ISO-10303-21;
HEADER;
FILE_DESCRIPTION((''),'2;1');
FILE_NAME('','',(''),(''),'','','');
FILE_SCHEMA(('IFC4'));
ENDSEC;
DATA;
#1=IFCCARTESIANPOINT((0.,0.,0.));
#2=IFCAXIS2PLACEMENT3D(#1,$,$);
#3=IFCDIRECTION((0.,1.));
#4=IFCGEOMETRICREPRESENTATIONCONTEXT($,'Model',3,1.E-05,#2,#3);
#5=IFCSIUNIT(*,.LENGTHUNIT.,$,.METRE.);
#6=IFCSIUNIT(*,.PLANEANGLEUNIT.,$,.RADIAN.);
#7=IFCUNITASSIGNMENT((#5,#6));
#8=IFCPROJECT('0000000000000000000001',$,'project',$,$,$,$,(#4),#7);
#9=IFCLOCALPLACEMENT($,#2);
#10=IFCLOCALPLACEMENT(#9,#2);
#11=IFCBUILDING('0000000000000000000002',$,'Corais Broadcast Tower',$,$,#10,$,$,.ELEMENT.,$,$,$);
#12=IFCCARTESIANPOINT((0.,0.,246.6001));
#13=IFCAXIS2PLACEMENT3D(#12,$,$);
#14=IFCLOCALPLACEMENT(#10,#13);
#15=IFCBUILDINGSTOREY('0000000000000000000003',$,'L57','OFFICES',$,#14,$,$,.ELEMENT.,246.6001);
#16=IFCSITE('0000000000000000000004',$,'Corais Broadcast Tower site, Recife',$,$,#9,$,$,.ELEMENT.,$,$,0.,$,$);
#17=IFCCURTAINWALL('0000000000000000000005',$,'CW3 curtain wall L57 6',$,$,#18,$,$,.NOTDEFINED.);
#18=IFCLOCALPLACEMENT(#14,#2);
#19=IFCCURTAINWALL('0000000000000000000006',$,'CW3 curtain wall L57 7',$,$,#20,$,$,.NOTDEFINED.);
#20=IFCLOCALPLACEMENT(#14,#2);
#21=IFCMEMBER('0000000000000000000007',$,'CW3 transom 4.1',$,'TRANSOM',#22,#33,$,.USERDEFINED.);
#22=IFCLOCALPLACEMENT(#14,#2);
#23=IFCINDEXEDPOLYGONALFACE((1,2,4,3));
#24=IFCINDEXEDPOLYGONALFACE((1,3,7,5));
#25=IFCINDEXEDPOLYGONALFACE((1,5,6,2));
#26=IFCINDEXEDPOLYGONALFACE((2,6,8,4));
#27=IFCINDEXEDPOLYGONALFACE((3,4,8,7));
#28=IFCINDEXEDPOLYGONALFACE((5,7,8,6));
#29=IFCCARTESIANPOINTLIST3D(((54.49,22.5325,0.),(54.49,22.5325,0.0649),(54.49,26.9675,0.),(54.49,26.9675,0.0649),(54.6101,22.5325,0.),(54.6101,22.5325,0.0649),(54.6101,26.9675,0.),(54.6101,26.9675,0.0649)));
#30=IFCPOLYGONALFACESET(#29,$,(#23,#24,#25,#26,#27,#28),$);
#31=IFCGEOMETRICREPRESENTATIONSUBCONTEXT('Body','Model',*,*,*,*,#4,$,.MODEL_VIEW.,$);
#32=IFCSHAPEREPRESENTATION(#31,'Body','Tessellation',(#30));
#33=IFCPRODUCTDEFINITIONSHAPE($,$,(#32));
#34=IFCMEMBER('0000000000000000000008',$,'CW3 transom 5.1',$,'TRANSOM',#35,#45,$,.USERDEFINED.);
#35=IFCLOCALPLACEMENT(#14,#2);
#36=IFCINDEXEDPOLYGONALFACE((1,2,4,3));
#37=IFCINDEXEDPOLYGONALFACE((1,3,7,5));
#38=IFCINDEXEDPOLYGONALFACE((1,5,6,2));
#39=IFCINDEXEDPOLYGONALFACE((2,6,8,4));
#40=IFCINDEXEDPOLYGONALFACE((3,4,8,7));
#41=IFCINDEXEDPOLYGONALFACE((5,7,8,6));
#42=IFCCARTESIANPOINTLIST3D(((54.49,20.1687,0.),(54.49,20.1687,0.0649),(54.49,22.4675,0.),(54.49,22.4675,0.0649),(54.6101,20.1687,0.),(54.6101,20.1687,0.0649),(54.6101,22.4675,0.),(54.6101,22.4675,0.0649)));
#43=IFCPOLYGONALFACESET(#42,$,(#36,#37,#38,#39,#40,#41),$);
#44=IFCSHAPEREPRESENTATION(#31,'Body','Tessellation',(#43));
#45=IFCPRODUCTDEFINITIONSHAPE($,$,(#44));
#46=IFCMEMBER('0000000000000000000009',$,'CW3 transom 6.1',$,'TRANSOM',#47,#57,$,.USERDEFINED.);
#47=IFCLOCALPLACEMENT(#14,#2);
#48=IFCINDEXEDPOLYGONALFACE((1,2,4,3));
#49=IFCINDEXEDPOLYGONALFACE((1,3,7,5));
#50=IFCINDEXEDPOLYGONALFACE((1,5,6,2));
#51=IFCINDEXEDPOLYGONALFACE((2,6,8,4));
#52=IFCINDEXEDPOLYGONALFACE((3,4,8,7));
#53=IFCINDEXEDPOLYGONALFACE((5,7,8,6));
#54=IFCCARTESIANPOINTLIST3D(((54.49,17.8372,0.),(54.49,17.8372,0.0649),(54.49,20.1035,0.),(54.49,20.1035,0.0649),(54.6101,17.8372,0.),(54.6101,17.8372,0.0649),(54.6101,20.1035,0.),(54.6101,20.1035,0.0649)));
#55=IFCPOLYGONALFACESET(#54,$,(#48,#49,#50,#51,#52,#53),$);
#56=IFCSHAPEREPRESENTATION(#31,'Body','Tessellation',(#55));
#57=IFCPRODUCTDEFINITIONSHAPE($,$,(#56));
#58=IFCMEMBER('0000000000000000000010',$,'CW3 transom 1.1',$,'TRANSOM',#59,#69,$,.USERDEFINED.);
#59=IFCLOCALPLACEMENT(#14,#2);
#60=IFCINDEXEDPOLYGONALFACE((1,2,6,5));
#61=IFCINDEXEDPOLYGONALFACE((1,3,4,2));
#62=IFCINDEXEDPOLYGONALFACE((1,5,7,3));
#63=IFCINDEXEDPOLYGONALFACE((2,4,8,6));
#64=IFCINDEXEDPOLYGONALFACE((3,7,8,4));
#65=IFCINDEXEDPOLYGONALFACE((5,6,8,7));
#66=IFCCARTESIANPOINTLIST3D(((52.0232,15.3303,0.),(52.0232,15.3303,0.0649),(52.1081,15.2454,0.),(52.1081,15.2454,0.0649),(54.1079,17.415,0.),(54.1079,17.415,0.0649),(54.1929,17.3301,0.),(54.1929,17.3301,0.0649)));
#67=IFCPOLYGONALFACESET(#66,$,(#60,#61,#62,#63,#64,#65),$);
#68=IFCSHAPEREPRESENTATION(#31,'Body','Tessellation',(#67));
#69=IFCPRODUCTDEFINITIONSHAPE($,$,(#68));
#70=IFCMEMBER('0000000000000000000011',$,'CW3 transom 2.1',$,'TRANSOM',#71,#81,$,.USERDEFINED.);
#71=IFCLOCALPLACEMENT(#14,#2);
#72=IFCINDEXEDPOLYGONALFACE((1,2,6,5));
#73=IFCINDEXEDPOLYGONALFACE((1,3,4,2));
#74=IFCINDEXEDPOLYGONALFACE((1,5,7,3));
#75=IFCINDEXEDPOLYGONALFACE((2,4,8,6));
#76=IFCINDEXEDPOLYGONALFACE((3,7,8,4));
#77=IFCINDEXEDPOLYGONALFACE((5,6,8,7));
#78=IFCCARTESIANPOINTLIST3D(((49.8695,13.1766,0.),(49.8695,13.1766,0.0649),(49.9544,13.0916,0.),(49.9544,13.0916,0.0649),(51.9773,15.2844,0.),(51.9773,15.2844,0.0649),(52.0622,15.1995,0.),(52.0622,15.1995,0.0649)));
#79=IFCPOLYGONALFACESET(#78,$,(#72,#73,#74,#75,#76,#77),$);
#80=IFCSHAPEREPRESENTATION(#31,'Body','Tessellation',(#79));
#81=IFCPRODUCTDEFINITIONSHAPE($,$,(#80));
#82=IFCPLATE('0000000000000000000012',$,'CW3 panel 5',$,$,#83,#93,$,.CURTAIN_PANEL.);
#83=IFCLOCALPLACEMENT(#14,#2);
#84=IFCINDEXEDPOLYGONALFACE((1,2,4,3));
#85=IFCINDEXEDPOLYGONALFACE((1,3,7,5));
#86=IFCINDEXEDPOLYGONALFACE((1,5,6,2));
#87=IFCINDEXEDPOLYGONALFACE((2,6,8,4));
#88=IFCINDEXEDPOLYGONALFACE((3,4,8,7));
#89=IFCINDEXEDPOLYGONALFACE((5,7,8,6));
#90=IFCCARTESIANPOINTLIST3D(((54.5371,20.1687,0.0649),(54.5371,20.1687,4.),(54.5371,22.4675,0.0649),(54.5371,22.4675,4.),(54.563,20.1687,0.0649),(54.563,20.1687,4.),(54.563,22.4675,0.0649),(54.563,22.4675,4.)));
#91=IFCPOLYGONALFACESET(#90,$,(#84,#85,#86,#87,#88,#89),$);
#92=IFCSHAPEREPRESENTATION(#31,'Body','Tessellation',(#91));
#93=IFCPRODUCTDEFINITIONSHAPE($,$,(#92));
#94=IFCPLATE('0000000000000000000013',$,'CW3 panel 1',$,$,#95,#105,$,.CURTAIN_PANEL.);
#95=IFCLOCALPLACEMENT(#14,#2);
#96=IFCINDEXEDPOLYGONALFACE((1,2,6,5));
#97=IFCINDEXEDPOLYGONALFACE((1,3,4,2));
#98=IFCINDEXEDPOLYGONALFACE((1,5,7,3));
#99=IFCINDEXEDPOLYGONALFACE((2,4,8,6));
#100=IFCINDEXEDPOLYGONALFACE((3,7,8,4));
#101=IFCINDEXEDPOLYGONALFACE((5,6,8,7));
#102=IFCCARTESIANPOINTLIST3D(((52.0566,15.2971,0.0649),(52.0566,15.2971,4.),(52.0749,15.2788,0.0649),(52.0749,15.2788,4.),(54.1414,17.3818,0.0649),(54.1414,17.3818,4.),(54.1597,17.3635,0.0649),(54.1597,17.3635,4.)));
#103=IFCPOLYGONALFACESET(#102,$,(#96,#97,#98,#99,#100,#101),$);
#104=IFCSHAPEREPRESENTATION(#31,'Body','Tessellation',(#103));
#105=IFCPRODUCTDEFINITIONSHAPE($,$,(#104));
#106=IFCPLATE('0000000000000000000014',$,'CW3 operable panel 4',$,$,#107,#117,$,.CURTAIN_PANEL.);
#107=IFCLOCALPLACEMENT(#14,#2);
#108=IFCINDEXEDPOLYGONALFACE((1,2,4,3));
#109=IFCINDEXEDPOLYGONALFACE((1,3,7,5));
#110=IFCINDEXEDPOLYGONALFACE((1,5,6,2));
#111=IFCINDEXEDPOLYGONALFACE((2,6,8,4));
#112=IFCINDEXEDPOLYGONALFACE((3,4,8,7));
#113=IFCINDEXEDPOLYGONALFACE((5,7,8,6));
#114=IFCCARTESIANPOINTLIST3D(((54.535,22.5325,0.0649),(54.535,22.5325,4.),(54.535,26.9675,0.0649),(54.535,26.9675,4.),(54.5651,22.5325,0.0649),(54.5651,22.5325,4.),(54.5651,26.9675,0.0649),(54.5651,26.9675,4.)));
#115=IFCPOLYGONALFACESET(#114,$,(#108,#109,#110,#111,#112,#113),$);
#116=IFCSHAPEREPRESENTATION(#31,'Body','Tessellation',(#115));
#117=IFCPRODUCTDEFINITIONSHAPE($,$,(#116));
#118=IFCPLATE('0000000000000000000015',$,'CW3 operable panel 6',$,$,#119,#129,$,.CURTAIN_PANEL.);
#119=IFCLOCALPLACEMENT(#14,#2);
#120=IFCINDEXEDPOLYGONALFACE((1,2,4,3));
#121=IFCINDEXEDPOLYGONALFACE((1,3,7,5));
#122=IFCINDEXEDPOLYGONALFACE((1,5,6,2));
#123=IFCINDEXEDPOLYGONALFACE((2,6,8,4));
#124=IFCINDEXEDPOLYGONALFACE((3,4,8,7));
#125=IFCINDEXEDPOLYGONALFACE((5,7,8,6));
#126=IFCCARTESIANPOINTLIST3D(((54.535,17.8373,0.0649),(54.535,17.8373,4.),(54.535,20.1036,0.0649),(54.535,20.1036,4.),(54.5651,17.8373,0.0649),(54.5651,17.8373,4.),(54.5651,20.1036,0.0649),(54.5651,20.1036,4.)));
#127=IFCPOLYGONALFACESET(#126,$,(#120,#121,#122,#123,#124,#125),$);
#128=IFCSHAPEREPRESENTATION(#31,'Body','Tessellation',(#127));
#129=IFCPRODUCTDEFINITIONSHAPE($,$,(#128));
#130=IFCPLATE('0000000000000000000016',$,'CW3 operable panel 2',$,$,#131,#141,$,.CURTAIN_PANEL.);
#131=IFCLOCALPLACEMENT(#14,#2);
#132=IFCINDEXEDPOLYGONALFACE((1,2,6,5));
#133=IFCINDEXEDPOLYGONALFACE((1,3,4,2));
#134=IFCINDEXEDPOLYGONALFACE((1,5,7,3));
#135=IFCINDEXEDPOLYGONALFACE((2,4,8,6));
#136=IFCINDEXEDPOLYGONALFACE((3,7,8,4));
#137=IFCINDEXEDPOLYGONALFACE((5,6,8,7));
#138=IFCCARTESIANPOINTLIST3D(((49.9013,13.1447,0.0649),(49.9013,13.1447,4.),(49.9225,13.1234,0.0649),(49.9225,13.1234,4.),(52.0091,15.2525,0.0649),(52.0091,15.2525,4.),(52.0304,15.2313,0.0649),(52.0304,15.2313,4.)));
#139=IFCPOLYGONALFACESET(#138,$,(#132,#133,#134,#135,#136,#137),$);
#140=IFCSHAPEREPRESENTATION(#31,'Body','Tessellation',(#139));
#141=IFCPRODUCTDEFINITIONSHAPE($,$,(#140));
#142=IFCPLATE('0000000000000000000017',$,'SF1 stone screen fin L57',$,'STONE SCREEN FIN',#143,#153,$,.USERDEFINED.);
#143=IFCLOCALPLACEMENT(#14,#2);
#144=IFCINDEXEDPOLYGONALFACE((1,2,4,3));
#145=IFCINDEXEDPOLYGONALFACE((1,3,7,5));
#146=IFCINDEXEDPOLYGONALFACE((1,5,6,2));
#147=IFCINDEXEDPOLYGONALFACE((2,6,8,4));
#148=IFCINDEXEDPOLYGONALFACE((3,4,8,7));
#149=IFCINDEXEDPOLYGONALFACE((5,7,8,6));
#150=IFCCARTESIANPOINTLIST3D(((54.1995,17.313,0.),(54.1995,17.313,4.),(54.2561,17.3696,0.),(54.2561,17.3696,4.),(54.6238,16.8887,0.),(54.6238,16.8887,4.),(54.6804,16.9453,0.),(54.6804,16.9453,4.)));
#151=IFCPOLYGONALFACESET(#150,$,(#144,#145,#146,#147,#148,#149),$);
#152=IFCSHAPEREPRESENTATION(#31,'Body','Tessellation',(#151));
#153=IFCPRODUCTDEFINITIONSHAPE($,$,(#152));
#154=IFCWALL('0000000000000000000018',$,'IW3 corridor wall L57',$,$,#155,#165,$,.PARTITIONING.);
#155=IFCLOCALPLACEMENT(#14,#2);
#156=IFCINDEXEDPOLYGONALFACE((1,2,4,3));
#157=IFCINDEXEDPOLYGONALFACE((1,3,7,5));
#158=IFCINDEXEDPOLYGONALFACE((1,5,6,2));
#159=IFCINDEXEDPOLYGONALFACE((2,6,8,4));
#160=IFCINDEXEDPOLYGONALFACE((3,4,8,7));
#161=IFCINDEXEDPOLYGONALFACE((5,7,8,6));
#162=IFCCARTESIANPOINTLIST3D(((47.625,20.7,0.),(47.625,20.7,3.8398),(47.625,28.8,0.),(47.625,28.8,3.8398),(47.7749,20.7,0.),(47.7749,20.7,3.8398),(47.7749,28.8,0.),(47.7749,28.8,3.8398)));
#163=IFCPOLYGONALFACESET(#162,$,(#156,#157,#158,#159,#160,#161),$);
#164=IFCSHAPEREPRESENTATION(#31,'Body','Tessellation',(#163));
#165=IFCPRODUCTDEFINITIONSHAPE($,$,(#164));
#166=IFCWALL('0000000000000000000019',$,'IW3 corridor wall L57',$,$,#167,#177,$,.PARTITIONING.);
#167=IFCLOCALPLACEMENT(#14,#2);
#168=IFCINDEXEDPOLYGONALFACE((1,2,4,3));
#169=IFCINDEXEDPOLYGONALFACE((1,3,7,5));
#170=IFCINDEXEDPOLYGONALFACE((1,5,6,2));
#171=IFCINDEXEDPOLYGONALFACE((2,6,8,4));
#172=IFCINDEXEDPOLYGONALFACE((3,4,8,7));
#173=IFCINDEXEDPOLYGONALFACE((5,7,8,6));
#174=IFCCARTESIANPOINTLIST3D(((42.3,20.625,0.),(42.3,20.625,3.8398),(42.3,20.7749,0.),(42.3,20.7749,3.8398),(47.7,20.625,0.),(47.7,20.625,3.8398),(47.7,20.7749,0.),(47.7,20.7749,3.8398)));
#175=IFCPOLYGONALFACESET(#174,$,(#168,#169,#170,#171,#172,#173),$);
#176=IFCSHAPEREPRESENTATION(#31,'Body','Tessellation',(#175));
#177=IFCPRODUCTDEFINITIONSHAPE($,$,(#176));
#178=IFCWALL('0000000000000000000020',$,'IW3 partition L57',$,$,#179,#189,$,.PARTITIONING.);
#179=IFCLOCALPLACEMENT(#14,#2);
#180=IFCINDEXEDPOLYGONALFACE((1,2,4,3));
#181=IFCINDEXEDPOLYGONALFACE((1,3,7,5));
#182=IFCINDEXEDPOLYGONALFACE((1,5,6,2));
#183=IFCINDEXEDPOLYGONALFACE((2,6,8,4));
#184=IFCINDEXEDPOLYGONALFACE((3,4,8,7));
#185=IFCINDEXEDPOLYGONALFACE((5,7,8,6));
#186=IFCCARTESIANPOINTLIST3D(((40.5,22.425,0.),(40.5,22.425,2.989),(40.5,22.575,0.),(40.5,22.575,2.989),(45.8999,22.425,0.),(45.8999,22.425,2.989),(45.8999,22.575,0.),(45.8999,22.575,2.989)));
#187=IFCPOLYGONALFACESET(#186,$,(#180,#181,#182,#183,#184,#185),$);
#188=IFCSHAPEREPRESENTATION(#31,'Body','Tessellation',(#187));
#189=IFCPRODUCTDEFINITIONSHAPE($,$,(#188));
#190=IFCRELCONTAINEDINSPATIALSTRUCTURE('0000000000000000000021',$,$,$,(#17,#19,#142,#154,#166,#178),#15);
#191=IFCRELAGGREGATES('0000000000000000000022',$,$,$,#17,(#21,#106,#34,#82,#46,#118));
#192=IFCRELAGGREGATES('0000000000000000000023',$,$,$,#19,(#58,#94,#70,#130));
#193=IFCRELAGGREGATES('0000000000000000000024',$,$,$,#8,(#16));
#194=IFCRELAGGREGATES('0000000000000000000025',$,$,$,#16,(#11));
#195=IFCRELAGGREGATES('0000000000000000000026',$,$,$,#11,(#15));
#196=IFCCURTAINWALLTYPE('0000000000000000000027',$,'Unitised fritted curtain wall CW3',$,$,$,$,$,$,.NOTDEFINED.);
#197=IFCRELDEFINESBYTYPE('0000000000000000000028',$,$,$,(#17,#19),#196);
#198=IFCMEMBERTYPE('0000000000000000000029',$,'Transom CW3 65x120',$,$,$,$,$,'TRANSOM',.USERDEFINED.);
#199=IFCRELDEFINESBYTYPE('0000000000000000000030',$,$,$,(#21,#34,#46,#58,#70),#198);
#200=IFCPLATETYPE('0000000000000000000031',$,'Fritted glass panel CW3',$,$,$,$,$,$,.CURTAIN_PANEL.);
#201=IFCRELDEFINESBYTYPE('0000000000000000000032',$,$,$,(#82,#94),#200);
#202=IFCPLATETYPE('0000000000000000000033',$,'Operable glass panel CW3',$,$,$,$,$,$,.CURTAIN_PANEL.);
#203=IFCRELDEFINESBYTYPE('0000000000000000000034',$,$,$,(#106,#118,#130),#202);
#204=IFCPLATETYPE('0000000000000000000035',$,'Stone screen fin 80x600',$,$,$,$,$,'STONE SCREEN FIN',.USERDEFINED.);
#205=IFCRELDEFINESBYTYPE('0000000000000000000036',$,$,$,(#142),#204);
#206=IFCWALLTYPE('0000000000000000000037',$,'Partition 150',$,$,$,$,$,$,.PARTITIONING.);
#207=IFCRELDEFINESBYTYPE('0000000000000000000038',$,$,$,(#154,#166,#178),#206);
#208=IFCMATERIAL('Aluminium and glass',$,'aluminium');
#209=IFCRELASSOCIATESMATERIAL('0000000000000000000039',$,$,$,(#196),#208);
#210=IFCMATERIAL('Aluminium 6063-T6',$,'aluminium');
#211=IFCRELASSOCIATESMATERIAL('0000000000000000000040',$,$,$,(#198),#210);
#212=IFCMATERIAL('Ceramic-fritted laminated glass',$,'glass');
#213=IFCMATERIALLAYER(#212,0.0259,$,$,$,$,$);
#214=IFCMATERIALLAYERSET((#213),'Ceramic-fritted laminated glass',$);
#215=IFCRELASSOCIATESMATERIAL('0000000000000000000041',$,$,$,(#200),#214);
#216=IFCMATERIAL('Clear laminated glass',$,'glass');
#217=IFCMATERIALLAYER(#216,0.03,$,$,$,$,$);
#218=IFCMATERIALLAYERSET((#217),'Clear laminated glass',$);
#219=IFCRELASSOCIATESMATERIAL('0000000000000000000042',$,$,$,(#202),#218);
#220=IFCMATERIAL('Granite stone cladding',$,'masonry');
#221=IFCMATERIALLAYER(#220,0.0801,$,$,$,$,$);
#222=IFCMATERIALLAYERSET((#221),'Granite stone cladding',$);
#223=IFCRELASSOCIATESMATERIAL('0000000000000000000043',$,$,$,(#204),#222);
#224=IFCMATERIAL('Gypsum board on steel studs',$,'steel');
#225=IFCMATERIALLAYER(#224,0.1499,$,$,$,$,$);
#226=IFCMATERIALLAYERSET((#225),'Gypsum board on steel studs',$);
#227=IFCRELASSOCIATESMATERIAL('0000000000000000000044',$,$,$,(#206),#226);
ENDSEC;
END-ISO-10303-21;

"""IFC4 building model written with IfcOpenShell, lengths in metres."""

from ifc_helpers import new_model, si_unit, direction, frame, frame_2d, origin, origin_2d, place, context, subcontext, project, spatial, rectangle, extrude, material, layer, layer_set, material_profile, profile_set, type_object, element, aggregate, save


model = new_model("IFC4")

# Units and contexts
model_context = context("Model", 3, precision=1e-05, world=origin(), true_north=direction((0.0, 1.0)))
body_context = subcontext(model_context, "Body", "Model", "MODEL_VIEW")
ifc_project = project(units=[si_unit("LENGTHUNIT", "METRE"), si_unit("PLANEANGLEUNIT", "RADIAN")], contexts=[model_context])

# Site, building, storey
site_placement = place(None, origin())
site = spatial("IfcSite", under=ifc_project, at=site_placement, Name="Corais Broadcast Tower site, Recife", CompositionType="ELEMENT", RefElevation=0.0)
building_placement = place(site_placement, origin())
building = spatial("IfcBuilding", under=site, at=building_placement, Name="Corais Broadcast Tower", CompositionType="ELEMENT")
storey_placement = place(building_placement, frame((0.0, 0.0, 246.6001)))
storey = spatial("IfcBuildingStorey", under=building, at=storey_placement, Name="L57", Description="OFFICES", CompositionType="ELEMENT", Elevation=246.6001)

# Curtain walls
ifc_material_1 = material(Name="Aluminium and glass", Category="aluminium")
curtain_wall_type = type_object("IfcCurtainWallType", Name="Unitised fritted curtain wall CW3", PredefinedType="NOTDEFINED", material=ifc_material_1)
curtain_wall_1_placement = place(storey_placement, origin())
curtain_wall_1 = element("IfcCurtainWall", 1, at=curtain_wall_1_placement, inside=storey, type_object=curtain_wall_type, Name="CW3 curtain wall L57 6", PredefinedType="NOTDEFINED")
curtain_wall_2_placement = place(storey_placement, origin())
curtain_wall_2 = element("IfcCurtainWall", 2, at=curtain_wall_2_placement, inside=storey, type_object=curtain_wall_type, Name="CW3 curtain wall L57 7", PredefinedType="NOTDEFINED")

# Members
ifc_material_2 = material(Name="Aluminium 6063-T6", Category="aluminium")
ifc_material_profile_1 = material_profile(ifc_material_2, rectangle(XDim=0.1201, YDim=0.0649, at=origin_2d()), Name="Transom CW3 65x120")
ifc_profile_set_1 = profile_set([ifc_material_profile_1], Name="Aluminium 6063-T6")
member_type_1 = type_object("IfcMemberType", Name="Transom CW3 65x120", ElementType="TRANSOM", PredefinedType="USERDEFINED", material=ifc_profile_set_1)
member_1_placement = place(storey_placement, frame((54.55, 26.9675, 0.0325), z_axis=(0.0, -1.0, 0.0), x_axis=(1.0, 0.0, 0.0)))
member_1 = element("IfcMember", 3, at=member_1_placement, type_object=member_type_1, Name="CW3 transom 4.1", ObjectType="TRANSOM", PredefinedType="USERDEFINED", context=body_context, shape_type="SweptSolid", body=[
    extrude(rectangle(XDim=0.1201, YDim=0.0649, at=origin_2d()), origin(), (0.0, 0.0, 1.0), 4.4351),
])
member_2_placement = place(storey_placement, frame((54.55, 22.4675, 0.0325), z_axis=(0.0, -1.0, 0.0), x_axis=(1.0, 0.0, 0.0)))
member_2 = element("IfcMember", 4, at=member_2_placement, type_object=member_type_1, Name="CW3 transom 5.1", ObjectType="TRANSOM", PredefinedType="USERDEFINED", context=body_context, shape_type="SweptSolid", body=[
    extrude(rectangle(XDim=0.1201, YDim=0.0649, at=origin_2d()), origin(), (0.0, 0.0, 1.0), 2.2988),
])
member_3_placement = place(storey_placement, frame((54.55, 20.1035, 0.0325), z_axis=(0.0, -1.0, 0.0), x_axis=(1.0, 0.0, 0.0)))
member_3 = element("IfcMember", 5, at=member_3_placement, type_object=member_type_1, Name="CW3 transom 6.1", ObjectType="TRANSOM", PredefinedType="USERDEFINED", context=body_context, shape_type="SweptSolid", body=[
    extrude(rectangle(XDim=0.1201, YDim=0.0649, at=origin_2d()), origin(), (0.0, 0.0, 1.0), 2.2664),
])
member_4_placement = place(storey_placement, frame((54.1504, 17.3726, 0.0325), z_axis=(-0.707107, -0.707107, 0.0), x_axis=(0.707107, -0.707107, 0.0)))
member_4 = element("IfcMember", 6, at=member_4_placement, type_object=member_type_1, Name="CW3 transom 1.1", ObjectType="TRANSOM", PredefinedType="USERDEFINED", context=body_context, shape_type="SweptSolid", body=[
    extrude(rectangle(XDim=0.1201, YDim=0.0649, at=origin_2d()), origin(), (0.0, 0.0, 1.0), 2.9482),
])
member_5_placement = place(storey_placement, frame((52.0198, 15.2419, 0.0325), z_axis=(-0.707107, -0.707107, 0.0), x_axis=(0.707107, -0.707107, 0.0)))
member_5 = element("IfcMember", 7, at=member_5_placement, type_object=member_type_1, Name="CW3 transom 2.1", ObjectType="TRANSOM", PredefinedType="USERDEFINED", context=body_context, shape_type="SweptSolid", body=[
    extrude(rectangle(XDim=0.1201, YDim=0.0649, at=origin_2d()), origin(), (0.0, 0.0, 1.0), 2.981),
])

# Plates
ifc_material_3 = material(Name="Ceramic-fritted laminated glass", Category="glass")
ifc_layer_1 = layer(ifc_material_3, 0.0259)
ifc_layer_set_1 = layer_set([ifc_layer_1], Name="Ceramic-fritted laminated glass")
plate_type_1 = type_object("IfcPlateType", Name="Fritted glass panel CW3", PredefinedType="CURTAIN_PANEL", material=ifc_layer_set_1)
plate_1_placement = place(storey_placement, frame((54.55, 21.3181, 0.0649), z_axis=(0.0, 0.0, 1.0), x_axis=(0.0, -1.0, 0.0)))
plate_1 = element("IfcPlate", 8, at=plate_1_placement, type_object=plate_type_1, Name="CW3 panel 5", PredefinedType="CURTAIN_PANEL", context=body_context, shape_type="SweptSolid", body=[
    extrude(rectangle(XDim=2.2988, YDim=0.0259, at=origin_2d()), origin(), (0.0, 0.0, 1.0), 3.9351),
])
plate_2_placement = place(storey_placement, frame((53.1082, 16.3303, 0.0649), z_axis=(0.0, 0.0, 1.0), x_axis=(-0.707107, -0.707107, 0.0)))
plate_2 = element("IfcPlate", 9, at=plate_2_placement, type_object=plate_type_1, Name="CW3 panel 1", PredefinedType="CURTAIN_PANEL", context=body_context, shape_type="SweptSolid", body=[
    extrude(rectangle(XDim=2.9482, YDim=0.0259, at=origin_2d()), origin(), (0.0, 0.0, 1.0), 3.9351),
])
ifc_material_4 = material(Name="Clear laminated glass", Category="glass")
ifc_layer_2 = layer(ifc_material_4, 0.03)
ifc_layer_set_2 = layer_set([ifc_layer_2], Name="Clear laminated glass")
plate_type_2 = type_object("IfcPlateType", Name="Operable glass panel CW3", PredefinedType="CURTAIN_PANEL", material=ifc_layer_set_2)
plate_3_placement = place(storey_placement, frame((54.55, 24.75, 0.0649), z_axis=(0.0, 0.0, 1.0), x_axis=(0.0, -1.0, 0.0)))
plate_3 = element("IfcPlate", 10, at=plate_3_placement, type_object=plate_type_2, Name="CW3 operable panel 4", PredefinedType="CURTAIN_PANEL", context=body_context, shape_type="SweptSolid", body=[
    extrude(rectangle(XDim=4.4351, YDim=0.03, at=origin_2d()), origin(), (0.0, 0.0, 1.0), 3.9351),
])
plate_4_placement = place(storey_placement, frame((54.55, 18.9705, 0.0649), z_axis=(0.0, 0.0, 1.0), x_axis=(0.0, -1.0, 0.0)))
plate_4 = element("IfcPlate", 11, at=plate_4_placement, type_object=plate_type_2, Name="CW3 operable panel 6", PredefinedType="CURTAIN_PANEL", context=body_context, shape_type="SweptSolid", body=[
    extrude(rectangle(XDim=2.2664, YDim=0.03, at=origin_2d()), origin(), (0.0, 0.0, 1.0), 3.9351),
])
aggregate(curtain_wall_1, [member_1, plate_3, member_2, plate_1, member_3, plate_4])
plate_5_placement = place(storey_placement, frame((50.9658, 14.188, 0.0649), z_axis=(0.0, 0.0, 1.0), x_axis=(-0.707107, -0.707107, 0.0)))
plate_5 = element("IfcPlate", 12, at=plate_5_placement, type_object=plate_type_2, Name="CW3 operable panel 2", PredefinedType="CURTAIN_PANEL", context=body_context, shape_type="SweptSolid", body=[
    extrude(rectangle(XDim=2.981, YDim=0.03, at=origin_2d()), origin(), (0.0, 0.0, 1.0), 3.9351),
])
aggregate(curtain_wall_2, [member_4, plate_2, member_5, plate_5])
ifc_material_5 = material(Name="Granite stone cladding", Category="masonry")
ifc_layer_3 = layer(ifc_material_5, 0.0801)
ifc_layer_set_3 = layer_set([ifc_layer_3], Name="Granite stone cladding")
plate_type_3 = type_object("IfcPlateType", Name="Stone screen fin 80x600", ElementType="STONE SCREEN FIN", PredefinedType="USERDEFINED", material=ifc_layer_set_3)
plate_6_placement = place(storey_placement, frame((54.4399, 17.1292, 0.0), z_axis=(0.0, 0.0, 1.0), x_axis=(-0.707107, -0.707107, 0.0)))
element("IfcPlate", 13, at=plate_6_placement, inside=storey, type_object=plate_type_3, Name="SF1 stone screen fin L57", ObjectType="STONE SCREEN FIN", PredefinedType="USERDEFINED", context=body_context, shape_type="SweptSolid", body=[
    extrude(rectangle(XDim=0.0801, YDim=0.6001, at=origin_2d()), origin(), (0.0, 0.0, 1.0), 4.0),
])

# Walls
ifc_material_6 = material(Name="Gypsum board on steel studs", Category="steel")
ifc_layer_4 = layer(ifc_material_6, 0.1499)
ifc_layer_set_4 = layer_set([ifc_layer_4], Name="Gypsum board on steel studs")
wall_type = type_object("IfcWallType", Name="Partition 150", PredefinedType="PARTITIONING", material=ifc_layer_set_4)
wall_1_placement = place(storey_placement, frame((47.7, 20.7, 0.0), z_axis=(0.0, 0.0, 1.0), x_axis=(0.0, 1.0, 0.0)))
element("IfcWall", 14, at=wall_1_placement, inside=storey, type_object=wall_type, Name="IW3 corridor wall L57", PredefinedType="PARTITIONING", context=body_context, shape_type="SweptSolid", body=[
    extrude(rectangle(XDim=8.1001, YDim=0.1499, at=frame_2d((4.05, 0.0))), origin(), (0.0, 0.0, 1.0), 3.8398),
])
wall_2_placement = place(storey_placement, frame((42.3, 20.7, 0.0), z_axis=(0.0, 0.0, 1.0), x_axis=(1.0, 0.0, 0.0)))
element("IfcWall", 15, at=wall_2_placement, inside=storey, type_object=wall_type, Name="IW3 corridor wall L57", PredefinedType="PARTITIONING", context=body_context, shape_type="SweptSolid", body=[
    extrude(rectangle(XDim=5.3999, YDim=0.1499, at=frame_2d((2.7, 0.0))), origin(), (0.0, 0.0, 1.0), 3.8398),
])
wall_3_placement = place(storey_placement, frame((40.5, 22.5, 0.0), z_axis=(0.0, 0.0, 1.0), x_axis=(1.0, 0.0, 0.0)))
element("IfcWall", 16, at=wall_3_placement, inside=storey, type_object=wall_type, Name="IW3 partition L57", PredefinedType="PARTITIONING", context=body_context, shape_type="SweptSolid", body=[
    extrude(rectangle(XDim=5.3999, YDim=0.1499, at=frame_2d((2.7, 0.0))), origin(), (0.0, 0.0, 1.0), 2.989),
])

save(model, "model.ifc")
